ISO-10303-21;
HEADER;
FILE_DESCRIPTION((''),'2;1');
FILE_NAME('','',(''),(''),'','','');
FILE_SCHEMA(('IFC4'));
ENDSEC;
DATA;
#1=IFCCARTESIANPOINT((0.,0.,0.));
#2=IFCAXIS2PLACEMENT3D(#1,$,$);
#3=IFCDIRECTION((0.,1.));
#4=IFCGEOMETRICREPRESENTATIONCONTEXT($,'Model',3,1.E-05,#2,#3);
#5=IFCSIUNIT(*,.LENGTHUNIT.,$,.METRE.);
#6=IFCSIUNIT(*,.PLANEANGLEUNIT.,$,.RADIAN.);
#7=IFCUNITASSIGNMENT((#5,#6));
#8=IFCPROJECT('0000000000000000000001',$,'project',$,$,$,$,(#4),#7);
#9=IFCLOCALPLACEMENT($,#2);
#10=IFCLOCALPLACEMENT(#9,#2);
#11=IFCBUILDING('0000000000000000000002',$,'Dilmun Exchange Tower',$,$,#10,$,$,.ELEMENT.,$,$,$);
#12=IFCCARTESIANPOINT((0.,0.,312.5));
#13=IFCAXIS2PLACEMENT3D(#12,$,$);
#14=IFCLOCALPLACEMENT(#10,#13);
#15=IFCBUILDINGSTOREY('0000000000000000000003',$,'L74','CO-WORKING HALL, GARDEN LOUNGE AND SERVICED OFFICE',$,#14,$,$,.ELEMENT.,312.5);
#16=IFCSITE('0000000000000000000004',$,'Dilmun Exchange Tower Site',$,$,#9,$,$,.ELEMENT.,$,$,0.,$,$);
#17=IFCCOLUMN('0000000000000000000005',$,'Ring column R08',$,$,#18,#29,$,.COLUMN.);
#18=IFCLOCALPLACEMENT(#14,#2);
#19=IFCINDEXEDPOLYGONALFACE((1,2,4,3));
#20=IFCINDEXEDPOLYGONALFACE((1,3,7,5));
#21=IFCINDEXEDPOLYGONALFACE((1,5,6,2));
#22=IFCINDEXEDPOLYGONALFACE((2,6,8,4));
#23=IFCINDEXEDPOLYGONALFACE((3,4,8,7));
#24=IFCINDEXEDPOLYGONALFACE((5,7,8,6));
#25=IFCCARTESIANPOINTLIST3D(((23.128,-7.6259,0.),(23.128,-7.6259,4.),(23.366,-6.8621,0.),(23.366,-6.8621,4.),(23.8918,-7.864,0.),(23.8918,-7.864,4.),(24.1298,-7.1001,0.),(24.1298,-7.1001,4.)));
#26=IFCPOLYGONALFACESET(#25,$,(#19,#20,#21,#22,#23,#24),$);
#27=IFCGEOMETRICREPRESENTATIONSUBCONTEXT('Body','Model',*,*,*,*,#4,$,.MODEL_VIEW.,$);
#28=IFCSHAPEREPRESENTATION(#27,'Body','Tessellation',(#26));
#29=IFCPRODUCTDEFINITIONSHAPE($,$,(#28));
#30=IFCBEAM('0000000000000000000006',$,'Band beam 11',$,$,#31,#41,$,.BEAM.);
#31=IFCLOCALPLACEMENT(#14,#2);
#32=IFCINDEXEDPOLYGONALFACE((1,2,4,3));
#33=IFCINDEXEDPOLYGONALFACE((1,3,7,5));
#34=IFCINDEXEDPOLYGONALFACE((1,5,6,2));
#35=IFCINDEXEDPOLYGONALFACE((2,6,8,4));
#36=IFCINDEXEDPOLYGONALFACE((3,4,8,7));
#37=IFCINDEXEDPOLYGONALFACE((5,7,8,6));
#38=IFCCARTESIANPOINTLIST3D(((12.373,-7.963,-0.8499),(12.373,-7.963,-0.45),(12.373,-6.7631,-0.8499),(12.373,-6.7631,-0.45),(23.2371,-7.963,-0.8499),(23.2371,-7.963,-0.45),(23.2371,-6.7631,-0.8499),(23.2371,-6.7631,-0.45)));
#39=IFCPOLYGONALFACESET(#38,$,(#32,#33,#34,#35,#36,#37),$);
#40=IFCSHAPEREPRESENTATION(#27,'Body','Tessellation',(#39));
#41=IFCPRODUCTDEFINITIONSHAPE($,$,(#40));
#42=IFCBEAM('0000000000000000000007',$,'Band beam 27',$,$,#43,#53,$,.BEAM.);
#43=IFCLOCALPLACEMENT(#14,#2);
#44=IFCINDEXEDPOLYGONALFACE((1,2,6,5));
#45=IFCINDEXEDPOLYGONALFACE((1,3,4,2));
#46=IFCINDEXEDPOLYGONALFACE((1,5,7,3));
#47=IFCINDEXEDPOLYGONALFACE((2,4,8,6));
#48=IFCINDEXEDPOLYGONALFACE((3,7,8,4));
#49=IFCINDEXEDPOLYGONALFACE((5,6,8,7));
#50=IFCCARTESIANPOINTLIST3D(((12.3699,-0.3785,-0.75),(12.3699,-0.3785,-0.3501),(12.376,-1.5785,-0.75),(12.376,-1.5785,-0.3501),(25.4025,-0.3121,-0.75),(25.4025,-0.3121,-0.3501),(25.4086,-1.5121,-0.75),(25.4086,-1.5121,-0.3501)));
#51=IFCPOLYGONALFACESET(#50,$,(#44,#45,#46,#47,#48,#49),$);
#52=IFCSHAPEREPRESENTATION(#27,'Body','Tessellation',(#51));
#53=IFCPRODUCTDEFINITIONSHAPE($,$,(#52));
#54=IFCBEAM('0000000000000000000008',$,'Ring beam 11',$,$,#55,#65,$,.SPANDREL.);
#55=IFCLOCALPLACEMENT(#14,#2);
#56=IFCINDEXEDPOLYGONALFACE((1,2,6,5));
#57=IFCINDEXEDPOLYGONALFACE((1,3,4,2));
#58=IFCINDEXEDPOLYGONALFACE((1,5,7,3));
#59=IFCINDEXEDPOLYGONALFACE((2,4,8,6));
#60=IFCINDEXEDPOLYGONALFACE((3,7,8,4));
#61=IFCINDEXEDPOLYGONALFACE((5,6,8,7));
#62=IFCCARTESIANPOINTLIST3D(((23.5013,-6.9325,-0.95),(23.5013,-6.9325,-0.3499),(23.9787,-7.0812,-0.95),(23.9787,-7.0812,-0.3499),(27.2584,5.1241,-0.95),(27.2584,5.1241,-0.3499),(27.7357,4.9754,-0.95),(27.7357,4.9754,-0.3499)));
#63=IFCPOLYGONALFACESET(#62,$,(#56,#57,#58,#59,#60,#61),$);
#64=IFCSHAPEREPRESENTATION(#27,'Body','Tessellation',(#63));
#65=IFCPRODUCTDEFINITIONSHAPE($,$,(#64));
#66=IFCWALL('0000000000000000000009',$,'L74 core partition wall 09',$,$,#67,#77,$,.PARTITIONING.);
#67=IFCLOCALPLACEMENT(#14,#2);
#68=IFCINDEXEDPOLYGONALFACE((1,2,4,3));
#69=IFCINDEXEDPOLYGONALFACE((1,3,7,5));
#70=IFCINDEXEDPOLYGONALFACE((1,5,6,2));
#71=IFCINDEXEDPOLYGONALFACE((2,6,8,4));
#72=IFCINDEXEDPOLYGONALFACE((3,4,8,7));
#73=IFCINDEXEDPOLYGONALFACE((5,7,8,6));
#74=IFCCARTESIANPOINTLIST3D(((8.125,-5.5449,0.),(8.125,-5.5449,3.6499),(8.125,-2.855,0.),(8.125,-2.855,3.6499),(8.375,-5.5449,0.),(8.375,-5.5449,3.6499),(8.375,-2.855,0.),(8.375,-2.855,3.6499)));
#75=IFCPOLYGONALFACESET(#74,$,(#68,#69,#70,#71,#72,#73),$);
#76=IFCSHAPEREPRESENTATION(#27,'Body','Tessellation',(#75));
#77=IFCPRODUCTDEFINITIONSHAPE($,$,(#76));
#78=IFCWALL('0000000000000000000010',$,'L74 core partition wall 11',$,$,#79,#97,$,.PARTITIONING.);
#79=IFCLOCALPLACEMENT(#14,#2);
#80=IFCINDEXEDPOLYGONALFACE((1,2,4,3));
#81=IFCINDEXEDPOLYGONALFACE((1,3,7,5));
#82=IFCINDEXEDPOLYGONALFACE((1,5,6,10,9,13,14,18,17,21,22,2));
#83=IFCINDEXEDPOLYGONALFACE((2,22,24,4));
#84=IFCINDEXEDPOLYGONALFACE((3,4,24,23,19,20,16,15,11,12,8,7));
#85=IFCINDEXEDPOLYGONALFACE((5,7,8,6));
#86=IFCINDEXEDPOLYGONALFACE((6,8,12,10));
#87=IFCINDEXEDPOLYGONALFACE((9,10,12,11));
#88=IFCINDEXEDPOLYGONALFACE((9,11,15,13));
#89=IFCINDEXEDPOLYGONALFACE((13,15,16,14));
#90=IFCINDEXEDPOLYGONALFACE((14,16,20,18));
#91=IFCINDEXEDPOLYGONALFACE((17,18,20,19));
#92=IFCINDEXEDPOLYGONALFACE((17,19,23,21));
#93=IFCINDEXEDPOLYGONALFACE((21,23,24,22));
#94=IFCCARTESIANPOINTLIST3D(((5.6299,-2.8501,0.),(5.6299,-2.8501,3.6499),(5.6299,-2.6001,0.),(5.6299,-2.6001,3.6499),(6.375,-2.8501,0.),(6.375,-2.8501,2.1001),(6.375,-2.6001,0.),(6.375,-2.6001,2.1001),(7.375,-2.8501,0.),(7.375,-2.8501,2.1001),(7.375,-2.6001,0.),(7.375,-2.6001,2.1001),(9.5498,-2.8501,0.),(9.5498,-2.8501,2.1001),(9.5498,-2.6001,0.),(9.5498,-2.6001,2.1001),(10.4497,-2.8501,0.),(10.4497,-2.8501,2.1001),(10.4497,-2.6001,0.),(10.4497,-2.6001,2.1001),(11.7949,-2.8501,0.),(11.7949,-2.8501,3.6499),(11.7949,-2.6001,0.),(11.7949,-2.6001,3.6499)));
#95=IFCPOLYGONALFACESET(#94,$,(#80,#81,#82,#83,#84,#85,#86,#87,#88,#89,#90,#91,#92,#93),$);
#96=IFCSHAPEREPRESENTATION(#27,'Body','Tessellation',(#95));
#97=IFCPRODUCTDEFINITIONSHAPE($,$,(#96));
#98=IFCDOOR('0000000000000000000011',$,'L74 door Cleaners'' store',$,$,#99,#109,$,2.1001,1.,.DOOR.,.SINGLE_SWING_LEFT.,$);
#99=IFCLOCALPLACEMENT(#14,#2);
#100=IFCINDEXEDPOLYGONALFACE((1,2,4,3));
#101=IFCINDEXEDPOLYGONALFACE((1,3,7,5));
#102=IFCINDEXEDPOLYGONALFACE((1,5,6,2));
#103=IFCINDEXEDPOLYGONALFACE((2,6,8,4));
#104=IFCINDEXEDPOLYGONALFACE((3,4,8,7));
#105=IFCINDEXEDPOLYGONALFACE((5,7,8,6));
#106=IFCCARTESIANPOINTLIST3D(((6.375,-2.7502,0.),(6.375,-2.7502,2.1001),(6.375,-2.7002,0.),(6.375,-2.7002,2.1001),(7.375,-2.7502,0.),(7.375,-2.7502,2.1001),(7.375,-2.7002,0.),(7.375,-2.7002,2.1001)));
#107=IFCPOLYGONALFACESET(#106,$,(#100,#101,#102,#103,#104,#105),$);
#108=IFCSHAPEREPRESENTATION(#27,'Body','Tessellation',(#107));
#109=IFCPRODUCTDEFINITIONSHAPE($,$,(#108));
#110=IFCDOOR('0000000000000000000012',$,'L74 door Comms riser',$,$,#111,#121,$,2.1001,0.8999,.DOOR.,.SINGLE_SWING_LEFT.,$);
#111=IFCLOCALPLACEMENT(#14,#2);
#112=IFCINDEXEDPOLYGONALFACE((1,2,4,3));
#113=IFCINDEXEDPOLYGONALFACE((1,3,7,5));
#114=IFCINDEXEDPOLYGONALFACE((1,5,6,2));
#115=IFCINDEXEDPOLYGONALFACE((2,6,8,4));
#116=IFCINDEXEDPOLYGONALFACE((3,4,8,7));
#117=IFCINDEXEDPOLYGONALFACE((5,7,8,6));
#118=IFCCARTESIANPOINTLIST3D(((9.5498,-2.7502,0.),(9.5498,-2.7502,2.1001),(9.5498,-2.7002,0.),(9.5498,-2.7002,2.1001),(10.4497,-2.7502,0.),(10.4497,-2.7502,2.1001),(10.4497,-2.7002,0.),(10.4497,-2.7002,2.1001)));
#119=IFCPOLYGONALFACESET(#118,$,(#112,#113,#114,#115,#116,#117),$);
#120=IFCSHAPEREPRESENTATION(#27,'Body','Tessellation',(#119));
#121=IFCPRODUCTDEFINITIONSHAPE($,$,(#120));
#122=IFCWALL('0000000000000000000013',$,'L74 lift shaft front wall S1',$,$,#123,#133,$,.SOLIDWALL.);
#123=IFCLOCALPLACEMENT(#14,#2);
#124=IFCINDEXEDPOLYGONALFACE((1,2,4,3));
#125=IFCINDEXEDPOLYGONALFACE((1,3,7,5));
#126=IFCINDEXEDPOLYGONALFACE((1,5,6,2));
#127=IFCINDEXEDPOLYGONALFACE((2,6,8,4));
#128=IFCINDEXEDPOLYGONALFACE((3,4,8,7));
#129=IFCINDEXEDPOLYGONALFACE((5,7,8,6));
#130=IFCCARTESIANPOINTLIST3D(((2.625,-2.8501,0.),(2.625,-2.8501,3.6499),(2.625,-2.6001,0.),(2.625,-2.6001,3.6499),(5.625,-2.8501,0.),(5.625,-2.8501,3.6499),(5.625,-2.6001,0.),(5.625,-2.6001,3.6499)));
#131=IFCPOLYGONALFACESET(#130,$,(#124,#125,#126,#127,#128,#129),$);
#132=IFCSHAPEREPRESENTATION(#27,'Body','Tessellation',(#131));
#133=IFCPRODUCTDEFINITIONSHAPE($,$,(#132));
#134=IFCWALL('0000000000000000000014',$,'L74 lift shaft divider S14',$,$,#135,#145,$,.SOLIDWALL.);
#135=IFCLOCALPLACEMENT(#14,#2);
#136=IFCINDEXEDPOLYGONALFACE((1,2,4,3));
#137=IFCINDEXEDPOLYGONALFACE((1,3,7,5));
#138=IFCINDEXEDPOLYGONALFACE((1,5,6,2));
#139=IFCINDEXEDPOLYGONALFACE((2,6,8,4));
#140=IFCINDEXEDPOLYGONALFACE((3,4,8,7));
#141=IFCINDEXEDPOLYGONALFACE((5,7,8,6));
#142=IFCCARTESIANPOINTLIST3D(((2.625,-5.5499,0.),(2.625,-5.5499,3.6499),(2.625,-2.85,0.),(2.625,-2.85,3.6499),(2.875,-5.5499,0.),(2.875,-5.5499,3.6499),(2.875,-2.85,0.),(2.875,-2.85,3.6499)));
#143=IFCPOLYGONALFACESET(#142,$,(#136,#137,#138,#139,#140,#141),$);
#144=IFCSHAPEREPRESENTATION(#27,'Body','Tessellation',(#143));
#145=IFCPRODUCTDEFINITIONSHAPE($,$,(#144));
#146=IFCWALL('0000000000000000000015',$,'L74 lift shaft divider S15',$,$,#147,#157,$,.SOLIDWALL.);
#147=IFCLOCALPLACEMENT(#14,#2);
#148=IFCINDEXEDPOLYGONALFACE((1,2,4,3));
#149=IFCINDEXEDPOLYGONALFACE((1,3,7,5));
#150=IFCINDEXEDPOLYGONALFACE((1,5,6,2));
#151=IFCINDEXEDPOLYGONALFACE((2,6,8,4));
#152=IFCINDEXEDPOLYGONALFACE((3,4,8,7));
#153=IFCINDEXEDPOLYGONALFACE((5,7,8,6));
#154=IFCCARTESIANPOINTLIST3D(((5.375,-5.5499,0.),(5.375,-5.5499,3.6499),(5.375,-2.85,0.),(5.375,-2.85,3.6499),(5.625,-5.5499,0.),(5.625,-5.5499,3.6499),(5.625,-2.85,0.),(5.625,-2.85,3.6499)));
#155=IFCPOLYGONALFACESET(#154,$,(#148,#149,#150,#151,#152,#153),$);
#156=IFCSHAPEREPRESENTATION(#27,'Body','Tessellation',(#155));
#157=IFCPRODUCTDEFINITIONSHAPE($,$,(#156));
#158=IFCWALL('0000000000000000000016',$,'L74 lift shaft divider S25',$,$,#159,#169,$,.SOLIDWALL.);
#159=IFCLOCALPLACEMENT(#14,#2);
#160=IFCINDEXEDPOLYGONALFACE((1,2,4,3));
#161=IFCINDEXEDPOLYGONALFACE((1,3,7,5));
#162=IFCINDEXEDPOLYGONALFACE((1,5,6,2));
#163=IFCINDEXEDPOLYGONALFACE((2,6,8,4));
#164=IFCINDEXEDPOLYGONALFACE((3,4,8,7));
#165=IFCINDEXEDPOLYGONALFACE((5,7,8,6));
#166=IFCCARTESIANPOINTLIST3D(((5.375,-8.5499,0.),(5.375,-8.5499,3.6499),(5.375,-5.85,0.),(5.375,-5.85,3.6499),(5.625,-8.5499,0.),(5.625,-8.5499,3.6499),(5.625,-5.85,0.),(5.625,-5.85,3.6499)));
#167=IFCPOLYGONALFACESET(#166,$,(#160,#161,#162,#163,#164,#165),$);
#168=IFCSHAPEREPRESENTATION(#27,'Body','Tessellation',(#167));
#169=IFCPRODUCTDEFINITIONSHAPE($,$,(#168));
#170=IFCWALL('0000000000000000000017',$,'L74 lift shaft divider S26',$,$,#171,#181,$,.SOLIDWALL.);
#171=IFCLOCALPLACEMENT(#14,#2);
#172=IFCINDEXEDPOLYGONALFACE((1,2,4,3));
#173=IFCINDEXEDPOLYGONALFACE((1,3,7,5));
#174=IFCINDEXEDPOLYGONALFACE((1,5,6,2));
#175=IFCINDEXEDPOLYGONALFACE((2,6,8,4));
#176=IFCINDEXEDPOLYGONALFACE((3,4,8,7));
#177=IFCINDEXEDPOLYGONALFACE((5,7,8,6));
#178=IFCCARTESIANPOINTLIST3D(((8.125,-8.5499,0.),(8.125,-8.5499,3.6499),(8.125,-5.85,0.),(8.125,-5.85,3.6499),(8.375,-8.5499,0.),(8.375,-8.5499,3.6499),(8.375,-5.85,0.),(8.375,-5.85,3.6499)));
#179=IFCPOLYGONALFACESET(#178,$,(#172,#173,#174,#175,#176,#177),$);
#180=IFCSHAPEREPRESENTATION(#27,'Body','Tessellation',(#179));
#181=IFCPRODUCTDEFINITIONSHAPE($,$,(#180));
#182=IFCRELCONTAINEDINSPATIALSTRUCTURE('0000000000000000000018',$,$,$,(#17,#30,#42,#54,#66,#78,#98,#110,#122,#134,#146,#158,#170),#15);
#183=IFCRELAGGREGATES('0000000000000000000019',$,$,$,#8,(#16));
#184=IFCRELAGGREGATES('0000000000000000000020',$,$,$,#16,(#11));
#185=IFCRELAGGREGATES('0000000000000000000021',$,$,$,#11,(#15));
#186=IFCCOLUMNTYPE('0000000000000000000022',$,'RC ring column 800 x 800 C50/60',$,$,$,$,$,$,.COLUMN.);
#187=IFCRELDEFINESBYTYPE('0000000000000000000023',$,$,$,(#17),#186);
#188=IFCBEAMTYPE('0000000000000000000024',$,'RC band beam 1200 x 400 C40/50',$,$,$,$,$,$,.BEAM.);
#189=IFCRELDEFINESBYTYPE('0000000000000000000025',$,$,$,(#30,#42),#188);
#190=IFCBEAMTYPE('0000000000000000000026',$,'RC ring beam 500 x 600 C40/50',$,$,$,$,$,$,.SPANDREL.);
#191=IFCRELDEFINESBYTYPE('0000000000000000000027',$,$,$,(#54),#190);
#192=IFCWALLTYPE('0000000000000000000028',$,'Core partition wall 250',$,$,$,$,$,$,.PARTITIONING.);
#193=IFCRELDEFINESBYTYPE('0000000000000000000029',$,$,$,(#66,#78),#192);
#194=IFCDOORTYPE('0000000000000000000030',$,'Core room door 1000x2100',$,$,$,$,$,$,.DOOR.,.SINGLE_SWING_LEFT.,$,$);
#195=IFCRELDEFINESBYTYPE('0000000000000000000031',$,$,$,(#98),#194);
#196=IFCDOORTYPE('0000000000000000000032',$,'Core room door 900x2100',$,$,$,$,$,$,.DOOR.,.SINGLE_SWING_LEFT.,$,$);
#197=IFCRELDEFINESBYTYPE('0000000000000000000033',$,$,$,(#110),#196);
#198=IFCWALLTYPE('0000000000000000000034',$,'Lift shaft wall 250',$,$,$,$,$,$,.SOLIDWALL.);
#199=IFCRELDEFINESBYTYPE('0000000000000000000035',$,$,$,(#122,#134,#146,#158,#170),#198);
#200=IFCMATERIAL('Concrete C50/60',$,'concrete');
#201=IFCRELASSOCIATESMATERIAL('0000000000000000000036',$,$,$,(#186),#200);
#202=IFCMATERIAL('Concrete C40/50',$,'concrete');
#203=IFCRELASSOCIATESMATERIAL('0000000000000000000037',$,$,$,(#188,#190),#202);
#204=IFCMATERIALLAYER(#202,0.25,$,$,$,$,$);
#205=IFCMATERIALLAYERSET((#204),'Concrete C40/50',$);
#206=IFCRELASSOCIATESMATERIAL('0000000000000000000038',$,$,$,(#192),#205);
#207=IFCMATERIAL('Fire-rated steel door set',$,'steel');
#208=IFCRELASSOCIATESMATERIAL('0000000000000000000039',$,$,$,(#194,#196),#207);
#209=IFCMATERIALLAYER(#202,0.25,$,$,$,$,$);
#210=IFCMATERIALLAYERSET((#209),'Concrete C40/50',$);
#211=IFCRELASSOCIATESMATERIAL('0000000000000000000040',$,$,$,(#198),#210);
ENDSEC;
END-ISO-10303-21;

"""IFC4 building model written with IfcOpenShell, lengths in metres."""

from ifc_helpers import new_model, si_unit, direction, frame, frame_2d, origin, origin_2d, place, context, subcontext, project, spatial, rectangle, extrude, material, layer, layer_set, material_profile, profile_set, type_object, element, fill, save


model = new_model("IFC4")

# Units and contexts
model_context = context("Model", 3, precision=1e-05, world=origin(), true_north=direction((0.0, 1.0)))
body_context = subcontext(model_context, "Body", "Model", "MODEL_VIEW")
ifc_project = project(units=[si_unit("LENGTHUNIT", "METRE"), si_unit("PLANEANGLEUNIT", "RADIAN")], contexts=[model_context])

# Site, building, storey
site_placement = place(None, origin())
site = spatial("IfcSite", under=ifc_project, at=site_placement, Name="Dilmun Exchange Tower Site", CompositionType="ELEMENT", RefElevation=0.0)
building_placement = place(site_placement, origin())
building = spatial("IfcBuilding", under=site, at=building_placement, Name="Dilmun Exchange Tower", CompositionType="ELEMENT")
storey_placement = place(building_placement, frame((0.0, 0.0, 312.5)))
storey = spatial("IfcBuildingStorey", under=building, at=storey_placement, Name="L74", Description="CO-WORKING HALL, GARDEN LOUNGE AND SERVICED OFFICE", CompositionType="ELEMENT", Elevation=312.5)

# Column
ifc_material_1 = material(Name="Concrete C50/60", Category="concrete")
ifc_material_profile_1 = material_profile(ifc_material_1, rectangle(XDim=0.8, YDim=0.8, at=origin_2d()), Name="800 x 800")
ifc_profile_set_1 = profile_set([ifc_material_profile_1], Name="Concrete C50/60")
column_type = type_object("IfcColumnType", Name="RC ring column 800 x 800 C50/60", PredefinedType="COLUMN", material=ifc_profile_set_1)
column_placement = place(storey_placement, frame((23.6289, -7.363, 0.0), z_axis=(0.0, 0.0, 1.0), x_axis=(0.297503, 0.954721, 0.0)))
element("IfcColumn", 1, at=column_placement, inside=storey, type_object=column_type, Name="Ring column R08", PredefinedType="COLUMN", context=body_context, shape_type="SweptSolid", body=[
    extrude(rectangle(XDim=0.8, YDim=0.8, at=origin_2d()), origin(), (0.0, 0.0, 1.0), 4.0),
])

# Beams
ifc_material_2 = material(Name="Concrete C40/50", Category="concrete")
ifc_material_profile_2 = material_profile(ifc_material_2, rectangle(XDim=1.2, YDim=0.3999, at=origin_2d()), Name="1200 x 400")
ifc_profile_set_2 = profile_set([ifc_material_profile_2], Name="Concrete C40/50")
beam_type_1 = type_object("IfcBeamType", Name="RC band beam 1200 x 400 C40/50", PredefinedType="BEAM", material=ifc_profile_set_2)
beam_1_placement = place(storey_placement, frame((23.2371, -7.363, -0.6499), z_axis=(-1.0, 0.0, 0.0), x_axis=(0.0, -1.0, 0.0)))
element("IfcBeam", 2, at=beam_1_placement, inside=storey, type_object=beam_type_1, Name="Band beam 11", PredefinedType="BEAM", context=body_context, shape_type="SweptSolid", body=[
    extrude(rectangle(XDim=1.2, YDim=0.3999, at=origin_2d()), origin(), (0.0, 0.0, 1.0), 10.864),
])
beam_2_placement = place(storey_placement, frame((25.4055, -0.9121, -0.55), z_axis=(-0.999987, -0.005095, 0.0), x_axis=(0.005095, -0.999987, 0.0)))
element("IfcBeam", 3, at=beam_2_placement, inside=storey, type_object=beam_type_1, Name="Band beam 27", PredefinedType="BEAM", context=body_context, shape_type="SweptSolid", body=[
    extrude(rectangle(XDim=1.2, YDim=0.3999, at=origin_2d()), origin(), (0.0, 0.0, 1.0), 13.0327),
])
ifc_material_profile_3 = material_profile(ifc_material_2, rectangle(XDim=0.5, YDim=0.6001, at=origin_2d()), Name="500 x 600")
ifc_profile_set_3 = profile_set([ifc_material_profile_3], Name="Concrete C40/50")
beam_type_2 = type_object("IfcBeamType", Name="RC ring beam 500 x 600 C40/50", PredefinedType="SPANDREL", material=ifc_profile_set_3)
beam_3_placement = place(storey_placement, frame((23.74, -7.0068, -0.6499), z_axis=(0.297509, 0.954719, 0.0), x_axis=(-0.954719, 0.297509, 0.0)))
element("IfcBeam", 4, at=beam_3_placement, inside=storey, type_object=beam_type_2, Name="Ring beam 11", PredefinedType="SPANDREL", context=body_context, shape_type="SweptSolid", body=[
    extrude(rectangle(XDim=0.5, YDim=0.6001, at=origin_2d()), origin(), (0.0, 0.0, 1.0), 12.6284),
])

# Shared definitions
ifc_material_3 = material(Name="Fire-rated steel door set", Category="steel")

# Wall
ifc_layer_1 = layer(ifc_material_2, 0.25)
ifc_layer_set_1 = layer_set([ifc_layer_1], Name="Concrete C40/50")
wall_type_1 = type_object("IfcWallType", Name="Core partition wall 250", PredefinedType="PARTITIONING", material=ifc_layer_set_1)
wall_1_placement = place(storey_placement, frame((8.25, -5.5449, 0.0), z_axis=(0.0, 0.0, 1.0), x_axis=(0.0, 1.0, 0.0)))
element("IfcWall", 5, at=wall_1_placement, inside=storey, type_object=wall_type_1, Name="L74 core partition wall 09", PredefinedType="PARTITIONING", context=body_context, shape_type="SweptSolid", body=[
    extrude(rectangle(XDim=2.6899, YDim=0.25, at=frame_2d((1.345, 0.0))), origin(), (0.0, 0.0, 1.0), 3.6499),
])

# Wall, openings, doors
wall_2_placement = place(storey_placement, frame((5.6299, -2.7251, 0.0), z_axis=(0.0, 0.0, 1.0), x_axis=(1.0, 0.0, 0.0)))
wall_2 = element("IfcWall", 6, at=wall_2_placement, inside=storey, type_object=wall_type_1, Name="L74 core partition wall 11", PredefinedType="PARTITIONING", context=body_context, shape_type="SweptSolid", body=[
    extrude(rectangle(XDim=6.165, YDim=0.25, at=frame_2d((3.0825, 0.0))), origin(), (0.0, 0.0, 1.0), 3.6499),
])
opening_1_placement = place(wall_2_placement, frame((0.7451, 0.0, 0.0)))
opening_1 = element("IfcOpeningElement", 7, at=opening_1_placement, cuts=wall_2, PredefinedType="OPENING", context=body_context, shape_type="SweptSolid", body=[
    extrude(rectangle(XDim=1.0, YDim=2.1001, at=frame_2d((0.5, 1.05))), frame((0.0, 0.135, 0.0), z_axis=(0.0, -1.0, 0.0), x_axis=(1.0, 0.0, 0.0)), (0.0, 0.0, 1.0), 0.27),
])
opening_2_placement = place(wall_2_placement, frame((3.9199, 0.0, 0.0)))
opening_2 = element("IfcOpeningElement", 8, at=opening_2_placement, cuts=wall_2, PredefinedType="OPENING", context=body_context, shape_type="SweptSolid", body=[
    extrude(rectangle(XDim=0.8999, YDim=2.1001, at=frame_2d((0.45, 1.05))), frame((0.0, 0.135, 0.0), z_axis=(0.0, -1.0, 0.0), x_axis=(1.0, 0.0, 0.0)), (0.0, 0.0, 1.0), 0.27),
])
door_type_1 = type_object("IfcDoorType", Name="Core room door 1000x2100", OperationType="SINGLE_SWING_LEFT", PredefinedType="DOOR", material=ifc_material_3)
door_1_placement = place(opening_1_placement, origin())
door_1 = element("IfcDoor", 9, at=door_1_placement, inside=storey, type_object=door_type_1, Name="L74 door Cleaners' store", OperationType="SINGLE_SWING_LEFT", OverallHeight=2.1001, OverallWidth=1.0, PredefinedType="DOOR", context=body_context, shape_type="SweptSolid", body=[
    extrude(rectangle(XDim=1.0, YDim=2.1001, at=frame_2d((0.5, 1.05))), frame((0.0, 0.0249, 0.0), z_axis=(0.0, -1.0, 0.0), x_axis=(1.0, 0.0, 0.0)), (0.0, 0.0, 1.0), 0.05),
])
fill(opening_1, door_1)
door_type_2 = type_object("IfcDoorType", Name="Core room door 900x2100", OperationType="SINGLE_SWING_LEFT", PredefinedType="DOOR", material=ifc_material_3)
door_2_placement = place(opening_2_placement, origin())
door_2 = element("IfcDoor", 10, at=door_2_placement, inside=storey, type_object=door_type_2, Name="L74 door Comms riser", OperationType="SINGLE_SWING_LEFT", OverallHeight=2.1001, OverallWidth=0.8999, PredefinedType="DOOR", context=body_context, shape_type="SweptSolid", body=[
    extrude(rectangle(XDim=0.8999, YDim=2.1001, at=frame_2d((0.45, 1.05))), frame((0.0, 0.0249, 0.0), z_axis=(0.0, -1.0, 0.0), x_axis=(1.0, 0.0, 0.0)), (0.0, 0.0, 1.0), 0.05),
])
fill(opening_2, door_2)

# Walls
ifc_layer_2 = layer(ifc_material_2, 0.25)
ifc_layer_set_2 = layer_set([ifc_layer_2], Name="Concrete C40/50")
wall_type_2 = type_object("IfcWallType", Name="Lift shaft wall 250", PredefinedType="SOLIDWALL", material=ifc_layer_set_2)
wall_3_placement = place(storey_placement, frame((2.625, -2.7251, 0.0), z_axis=(0.0, 0.0, 1.0), x_axis=(1.0, 0.0, 0.0)))
element("IfcWall", 11, at=wall_3_placement, inside=storey, type_object=wall_type_2, Name="L74 lift shaft front wall S1", PredefinedType="SOLIDWALL", context=body_context, shape_type="SweptSolid", body=[
    extrude(rectangle(XDim=3.0, YDim=0.25, at=frame_2d((1.5, 0.0))), origin(), (0.0, 0.0, 1.0), 3.6499),
])
for number, where, z_axis, x_axis, name in (
    (12, (2.75, -5.55, 0.0), (0.0, 0.0, 1.0), (0.0, 1.0, 0.0), "L74 lift shaft divider S14"),
    (13, (5.5, -5.55, 0.0), (0.0, 0.0, 1.0), (0.0, 1.0, 0.0), "L74 lift shaft divider S15"),
    (14, (5.5, -8.55, 0.0), (0.0, 0.0, 1.0), (0.0, 1.0, 0.0), "L74 lift shaft divider S25"),
    (15, (8.25, -8.55, 0.0), (0.0, 0.0, 1.0), (0.0, 1.0, 0.0), "L74 lift shaft divider S26"),
):
    element("IfcWall", number, at=place(storey_placement, frame(where, z_axis=z_axis, x_axis=x_axis)), inside=storey, type_object=wall_type_2, Name=name, PredefinedType="SOLIDWALL", context=body_context, shape_type="SweptSolid", body=[
        extrude(rectangle(XDim=2.7, YDim=0.25, at=frame_2d((1.3501, 0.0))), origin(), (0.0, 0.0, 1.0), 3.6499),
    ])

save(model, "model.ifc")
